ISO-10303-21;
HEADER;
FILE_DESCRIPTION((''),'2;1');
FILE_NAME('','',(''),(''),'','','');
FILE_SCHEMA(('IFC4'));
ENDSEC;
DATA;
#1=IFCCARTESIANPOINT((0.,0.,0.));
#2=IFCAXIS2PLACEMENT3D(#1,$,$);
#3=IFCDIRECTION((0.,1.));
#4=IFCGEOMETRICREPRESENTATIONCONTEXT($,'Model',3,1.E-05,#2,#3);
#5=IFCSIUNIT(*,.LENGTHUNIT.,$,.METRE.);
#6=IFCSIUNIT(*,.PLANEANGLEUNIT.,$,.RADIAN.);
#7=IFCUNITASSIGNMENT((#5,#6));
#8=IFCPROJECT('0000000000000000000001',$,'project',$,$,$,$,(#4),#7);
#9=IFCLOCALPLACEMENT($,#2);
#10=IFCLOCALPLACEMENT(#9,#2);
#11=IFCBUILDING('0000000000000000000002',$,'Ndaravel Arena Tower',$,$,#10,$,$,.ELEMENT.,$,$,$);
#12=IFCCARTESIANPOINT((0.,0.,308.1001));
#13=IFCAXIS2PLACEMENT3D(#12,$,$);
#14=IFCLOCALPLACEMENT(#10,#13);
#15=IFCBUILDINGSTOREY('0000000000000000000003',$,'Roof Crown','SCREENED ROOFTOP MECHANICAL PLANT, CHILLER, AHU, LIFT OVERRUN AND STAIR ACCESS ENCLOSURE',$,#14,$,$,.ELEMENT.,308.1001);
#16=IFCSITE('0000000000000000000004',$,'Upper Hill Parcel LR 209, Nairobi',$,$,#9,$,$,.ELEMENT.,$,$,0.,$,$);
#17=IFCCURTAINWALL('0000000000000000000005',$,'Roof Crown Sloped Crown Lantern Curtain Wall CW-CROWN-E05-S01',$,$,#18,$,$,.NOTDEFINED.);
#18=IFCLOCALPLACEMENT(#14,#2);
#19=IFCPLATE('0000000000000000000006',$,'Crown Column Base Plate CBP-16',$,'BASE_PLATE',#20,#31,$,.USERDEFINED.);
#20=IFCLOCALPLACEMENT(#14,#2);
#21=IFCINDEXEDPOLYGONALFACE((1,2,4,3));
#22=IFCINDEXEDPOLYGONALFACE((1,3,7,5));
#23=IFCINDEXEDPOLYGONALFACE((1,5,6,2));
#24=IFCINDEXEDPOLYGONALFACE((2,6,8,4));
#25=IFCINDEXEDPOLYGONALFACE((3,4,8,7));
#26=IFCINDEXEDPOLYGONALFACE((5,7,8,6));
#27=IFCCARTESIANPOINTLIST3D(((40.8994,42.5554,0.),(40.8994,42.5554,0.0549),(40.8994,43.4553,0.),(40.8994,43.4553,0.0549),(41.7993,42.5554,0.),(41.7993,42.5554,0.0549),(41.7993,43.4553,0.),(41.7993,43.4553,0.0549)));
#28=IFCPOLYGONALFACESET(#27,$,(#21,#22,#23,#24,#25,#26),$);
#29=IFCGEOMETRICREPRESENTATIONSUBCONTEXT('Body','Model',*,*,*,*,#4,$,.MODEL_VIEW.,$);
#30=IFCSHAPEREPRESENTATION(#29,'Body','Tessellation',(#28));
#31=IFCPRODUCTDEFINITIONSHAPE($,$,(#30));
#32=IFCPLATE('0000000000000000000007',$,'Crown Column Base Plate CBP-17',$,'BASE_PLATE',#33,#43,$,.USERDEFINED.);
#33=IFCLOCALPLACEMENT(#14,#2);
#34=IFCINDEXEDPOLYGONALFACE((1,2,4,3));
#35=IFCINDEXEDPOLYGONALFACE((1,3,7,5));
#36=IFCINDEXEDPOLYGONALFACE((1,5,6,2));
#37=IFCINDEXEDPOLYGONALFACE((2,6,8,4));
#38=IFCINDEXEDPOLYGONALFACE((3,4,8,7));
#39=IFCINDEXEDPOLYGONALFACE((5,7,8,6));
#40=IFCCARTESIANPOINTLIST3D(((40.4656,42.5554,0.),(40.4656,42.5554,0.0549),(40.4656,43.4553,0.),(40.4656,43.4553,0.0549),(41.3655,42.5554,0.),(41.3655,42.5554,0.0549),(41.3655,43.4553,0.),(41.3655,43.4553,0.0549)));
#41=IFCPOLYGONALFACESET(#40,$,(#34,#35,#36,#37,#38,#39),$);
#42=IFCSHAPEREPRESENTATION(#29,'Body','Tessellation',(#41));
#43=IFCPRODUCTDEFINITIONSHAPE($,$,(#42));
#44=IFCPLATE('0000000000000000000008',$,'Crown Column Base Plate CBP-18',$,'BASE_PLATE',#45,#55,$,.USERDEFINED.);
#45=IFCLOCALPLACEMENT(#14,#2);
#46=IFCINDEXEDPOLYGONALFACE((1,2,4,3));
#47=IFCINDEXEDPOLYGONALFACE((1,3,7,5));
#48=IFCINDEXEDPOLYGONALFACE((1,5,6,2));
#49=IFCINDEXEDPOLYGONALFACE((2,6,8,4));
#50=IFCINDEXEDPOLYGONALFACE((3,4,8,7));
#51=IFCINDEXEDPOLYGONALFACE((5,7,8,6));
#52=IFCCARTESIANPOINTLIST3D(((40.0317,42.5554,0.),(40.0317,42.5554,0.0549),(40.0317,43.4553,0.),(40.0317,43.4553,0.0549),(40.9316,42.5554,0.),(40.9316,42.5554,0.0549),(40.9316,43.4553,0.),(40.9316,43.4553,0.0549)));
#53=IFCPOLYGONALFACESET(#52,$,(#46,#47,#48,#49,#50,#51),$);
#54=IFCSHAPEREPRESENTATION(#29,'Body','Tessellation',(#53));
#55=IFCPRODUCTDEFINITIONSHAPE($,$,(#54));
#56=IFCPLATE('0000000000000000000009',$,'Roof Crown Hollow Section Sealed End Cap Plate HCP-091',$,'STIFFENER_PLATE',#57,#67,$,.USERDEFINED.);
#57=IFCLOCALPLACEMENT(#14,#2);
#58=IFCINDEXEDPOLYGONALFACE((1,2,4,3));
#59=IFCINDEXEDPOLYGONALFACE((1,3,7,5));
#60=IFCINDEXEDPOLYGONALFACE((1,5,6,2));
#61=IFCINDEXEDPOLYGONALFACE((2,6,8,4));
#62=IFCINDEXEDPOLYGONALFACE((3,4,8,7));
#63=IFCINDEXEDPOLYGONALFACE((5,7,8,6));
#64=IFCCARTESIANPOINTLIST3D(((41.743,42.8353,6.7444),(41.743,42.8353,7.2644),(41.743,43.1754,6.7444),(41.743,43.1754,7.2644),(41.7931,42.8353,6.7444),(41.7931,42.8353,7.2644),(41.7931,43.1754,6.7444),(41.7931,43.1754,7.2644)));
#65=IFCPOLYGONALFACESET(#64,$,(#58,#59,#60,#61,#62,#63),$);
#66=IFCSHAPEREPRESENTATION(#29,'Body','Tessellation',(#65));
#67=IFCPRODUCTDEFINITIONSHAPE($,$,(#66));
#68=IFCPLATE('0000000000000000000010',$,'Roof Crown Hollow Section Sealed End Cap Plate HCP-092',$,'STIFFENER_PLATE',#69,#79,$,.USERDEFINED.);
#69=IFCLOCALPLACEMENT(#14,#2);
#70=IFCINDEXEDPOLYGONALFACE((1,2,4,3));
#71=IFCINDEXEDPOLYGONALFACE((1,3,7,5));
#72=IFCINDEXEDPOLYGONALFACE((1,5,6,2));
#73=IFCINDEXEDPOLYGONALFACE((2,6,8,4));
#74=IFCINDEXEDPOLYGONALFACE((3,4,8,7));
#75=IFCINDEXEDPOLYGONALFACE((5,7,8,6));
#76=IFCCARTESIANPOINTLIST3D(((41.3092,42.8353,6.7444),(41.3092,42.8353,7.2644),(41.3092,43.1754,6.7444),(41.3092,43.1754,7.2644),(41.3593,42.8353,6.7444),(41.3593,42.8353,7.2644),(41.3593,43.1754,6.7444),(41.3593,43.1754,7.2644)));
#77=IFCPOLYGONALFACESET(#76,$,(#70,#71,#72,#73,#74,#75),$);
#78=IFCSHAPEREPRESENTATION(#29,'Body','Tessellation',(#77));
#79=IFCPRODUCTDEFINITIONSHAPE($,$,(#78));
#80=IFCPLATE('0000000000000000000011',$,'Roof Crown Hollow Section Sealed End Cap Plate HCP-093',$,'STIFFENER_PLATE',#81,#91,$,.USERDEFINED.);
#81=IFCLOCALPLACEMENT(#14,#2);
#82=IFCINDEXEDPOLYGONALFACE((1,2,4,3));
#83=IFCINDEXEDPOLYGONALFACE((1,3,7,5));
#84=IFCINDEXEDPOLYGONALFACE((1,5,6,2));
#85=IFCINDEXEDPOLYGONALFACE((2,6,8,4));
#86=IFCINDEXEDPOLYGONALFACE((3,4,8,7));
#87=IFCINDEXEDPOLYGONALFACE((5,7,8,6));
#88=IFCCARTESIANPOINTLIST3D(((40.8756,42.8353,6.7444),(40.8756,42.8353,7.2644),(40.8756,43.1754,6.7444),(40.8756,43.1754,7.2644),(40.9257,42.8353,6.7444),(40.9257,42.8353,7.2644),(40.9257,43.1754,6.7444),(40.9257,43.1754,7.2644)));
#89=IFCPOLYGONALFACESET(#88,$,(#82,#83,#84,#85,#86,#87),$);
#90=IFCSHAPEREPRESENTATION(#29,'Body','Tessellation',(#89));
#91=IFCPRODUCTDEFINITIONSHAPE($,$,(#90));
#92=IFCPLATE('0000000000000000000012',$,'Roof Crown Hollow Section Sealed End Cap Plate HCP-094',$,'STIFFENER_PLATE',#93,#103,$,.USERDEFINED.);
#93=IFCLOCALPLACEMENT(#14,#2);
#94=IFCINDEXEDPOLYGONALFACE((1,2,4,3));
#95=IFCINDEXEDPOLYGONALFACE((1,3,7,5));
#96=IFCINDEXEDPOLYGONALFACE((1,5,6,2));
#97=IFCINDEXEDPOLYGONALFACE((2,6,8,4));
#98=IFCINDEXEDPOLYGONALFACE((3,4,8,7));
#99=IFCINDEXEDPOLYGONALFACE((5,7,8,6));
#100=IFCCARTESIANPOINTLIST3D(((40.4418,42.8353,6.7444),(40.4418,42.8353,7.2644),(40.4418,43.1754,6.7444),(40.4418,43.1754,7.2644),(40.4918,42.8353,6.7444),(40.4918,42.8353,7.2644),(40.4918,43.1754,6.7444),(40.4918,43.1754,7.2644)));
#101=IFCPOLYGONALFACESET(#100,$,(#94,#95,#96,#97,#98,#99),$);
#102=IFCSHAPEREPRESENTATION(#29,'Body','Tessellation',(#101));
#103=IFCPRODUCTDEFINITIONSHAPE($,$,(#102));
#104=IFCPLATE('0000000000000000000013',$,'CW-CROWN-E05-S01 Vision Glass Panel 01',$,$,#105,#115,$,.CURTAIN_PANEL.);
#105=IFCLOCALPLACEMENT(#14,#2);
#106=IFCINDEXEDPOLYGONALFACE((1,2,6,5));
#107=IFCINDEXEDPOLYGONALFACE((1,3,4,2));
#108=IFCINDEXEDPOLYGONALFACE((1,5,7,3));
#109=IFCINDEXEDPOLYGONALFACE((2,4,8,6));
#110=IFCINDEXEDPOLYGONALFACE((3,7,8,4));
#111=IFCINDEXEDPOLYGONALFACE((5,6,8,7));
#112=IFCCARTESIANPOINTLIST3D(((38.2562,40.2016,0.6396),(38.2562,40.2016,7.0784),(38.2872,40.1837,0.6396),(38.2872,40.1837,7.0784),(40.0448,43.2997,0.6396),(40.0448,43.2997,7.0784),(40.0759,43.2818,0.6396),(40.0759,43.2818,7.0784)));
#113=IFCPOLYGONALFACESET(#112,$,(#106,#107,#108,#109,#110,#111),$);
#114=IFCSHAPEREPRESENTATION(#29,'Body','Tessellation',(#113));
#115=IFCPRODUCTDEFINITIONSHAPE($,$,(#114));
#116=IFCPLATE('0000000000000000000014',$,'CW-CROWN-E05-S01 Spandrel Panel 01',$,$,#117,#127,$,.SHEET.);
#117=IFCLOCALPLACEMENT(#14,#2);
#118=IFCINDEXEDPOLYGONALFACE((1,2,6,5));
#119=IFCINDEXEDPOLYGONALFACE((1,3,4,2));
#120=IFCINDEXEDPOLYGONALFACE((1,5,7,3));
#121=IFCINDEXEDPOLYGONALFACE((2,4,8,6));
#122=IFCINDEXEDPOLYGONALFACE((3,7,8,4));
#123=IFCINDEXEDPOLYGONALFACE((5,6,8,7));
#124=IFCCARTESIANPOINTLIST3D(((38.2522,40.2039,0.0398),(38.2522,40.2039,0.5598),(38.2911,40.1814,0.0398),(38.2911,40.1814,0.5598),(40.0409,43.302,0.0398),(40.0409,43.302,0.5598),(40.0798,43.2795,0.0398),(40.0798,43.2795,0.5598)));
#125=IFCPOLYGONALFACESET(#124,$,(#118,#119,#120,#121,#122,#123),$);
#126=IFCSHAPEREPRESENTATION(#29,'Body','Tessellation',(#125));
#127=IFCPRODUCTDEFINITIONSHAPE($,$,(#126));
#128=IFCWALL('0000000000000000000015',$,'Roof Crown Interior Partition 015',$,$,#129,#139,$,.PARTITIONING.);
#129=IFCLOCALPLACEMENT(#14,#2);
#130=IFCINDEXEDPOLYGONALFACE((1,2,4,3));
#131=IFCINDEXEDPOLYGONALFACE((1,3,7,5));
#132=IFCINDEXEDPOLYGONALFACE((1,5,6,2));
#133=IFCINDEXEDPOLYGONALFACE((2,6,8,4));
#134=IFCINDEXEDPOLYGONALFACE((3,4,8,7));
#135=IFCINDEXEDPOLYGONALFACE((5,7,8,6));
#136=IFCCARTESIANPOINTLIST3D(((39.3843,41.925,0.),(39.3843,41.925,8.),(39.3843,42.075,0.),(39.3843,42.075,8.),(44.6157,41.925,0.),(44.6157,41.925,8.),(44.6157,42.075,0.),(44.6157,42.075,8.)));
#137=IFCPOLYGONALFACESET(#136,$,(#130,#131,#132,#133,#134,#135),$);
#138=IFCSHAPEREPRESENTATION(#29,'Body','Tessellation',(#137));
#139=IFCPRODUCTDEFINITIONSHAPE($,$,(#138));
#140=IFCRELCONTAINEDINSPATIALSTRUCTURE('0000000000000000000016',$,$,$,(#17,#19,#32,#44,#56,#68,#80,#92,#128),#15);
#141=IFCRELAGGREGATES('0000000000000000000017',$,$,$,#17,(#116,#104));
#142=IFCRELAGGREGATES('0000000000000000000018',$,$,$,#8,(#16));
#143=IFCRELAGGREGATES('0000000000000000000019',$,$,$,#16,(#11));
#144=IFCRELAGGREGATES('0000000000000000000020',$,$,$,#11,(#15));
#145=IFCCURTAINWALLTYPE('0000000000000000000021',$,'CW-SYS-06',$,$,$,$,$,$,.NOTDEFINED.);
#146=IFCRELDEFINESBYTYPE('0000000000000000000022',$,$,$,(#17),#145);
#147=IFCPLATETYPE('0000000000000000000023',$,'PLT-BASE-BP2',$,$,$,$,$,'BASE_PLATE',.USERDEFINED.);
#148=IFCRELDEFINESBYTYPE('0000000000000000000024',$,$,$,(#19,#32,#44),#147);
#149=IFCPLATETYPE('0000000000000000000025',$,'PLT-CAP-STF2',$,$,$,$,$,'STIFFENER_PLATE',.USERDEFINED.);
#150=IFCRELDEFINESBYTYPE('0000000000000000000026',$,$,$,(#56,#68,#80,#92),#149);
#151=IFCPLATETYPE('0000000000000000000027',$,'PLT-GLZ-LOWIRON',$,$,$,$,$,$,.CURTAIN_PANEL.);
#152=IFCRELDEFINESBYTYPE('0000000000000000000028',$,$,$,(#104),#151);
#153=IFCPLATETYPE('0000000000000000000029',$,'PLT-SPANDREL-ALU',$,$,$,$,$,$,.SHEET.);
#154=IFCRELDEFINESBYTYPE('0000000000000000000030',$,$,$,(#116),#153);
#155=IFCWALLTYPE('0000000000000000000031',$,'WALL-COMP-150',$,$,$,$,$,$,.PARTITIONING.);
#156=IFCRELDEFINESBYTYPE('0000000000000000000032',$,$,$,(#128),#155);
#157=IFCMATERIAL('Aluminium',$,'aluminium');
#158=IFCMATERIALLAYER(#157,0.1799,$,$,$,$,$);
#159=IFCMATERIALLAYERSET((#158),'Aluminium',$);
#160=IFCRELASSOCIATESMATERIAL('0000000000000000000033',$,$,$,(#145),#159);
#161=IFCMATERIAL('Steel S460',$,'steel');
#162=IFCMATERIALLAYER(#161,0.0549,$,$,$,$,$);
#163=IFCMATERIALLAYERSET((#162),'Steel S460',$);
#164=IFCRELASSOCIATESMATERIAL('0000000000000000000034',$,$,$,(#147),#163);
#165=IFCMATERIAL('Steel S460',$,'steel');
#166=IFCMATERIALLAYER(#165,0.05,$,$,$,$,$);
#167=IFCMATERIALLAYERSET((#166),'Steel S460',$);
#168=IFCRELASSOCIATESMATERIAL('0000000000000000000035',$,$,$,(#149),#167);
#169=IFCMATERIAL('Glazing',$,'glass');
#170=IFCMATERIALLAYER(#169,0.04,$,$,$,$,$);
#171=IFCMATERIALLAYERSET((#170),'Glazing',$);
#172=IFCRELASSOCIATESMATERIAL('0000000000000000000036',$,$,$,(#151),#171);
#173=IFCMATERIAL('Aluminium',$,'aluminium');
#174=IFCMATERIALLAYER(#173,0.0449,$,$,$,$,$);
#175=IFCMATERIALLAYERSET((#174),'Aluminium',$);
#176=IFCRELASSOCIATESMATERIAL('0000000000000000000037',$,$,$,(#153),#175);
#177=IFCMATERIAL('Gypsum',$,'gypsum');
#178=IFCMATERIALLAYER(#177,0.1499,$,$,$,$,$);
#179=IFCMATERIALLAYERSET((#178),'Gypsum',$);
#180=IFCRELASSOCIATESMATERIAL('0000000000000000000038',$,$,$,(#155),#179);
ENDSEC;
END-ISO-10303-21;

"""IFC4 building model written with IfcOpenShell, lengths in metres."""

from ifc_helpers import new_model, si_unit, direction, frame, frame_2d, origin, origin_2d, place, context, subcontext, project, spatial, rectangle, extrude, material, layer, layer_set, type_object, element, aggregate, save


model = new_model("IFC4")

# Units and contexts
model_context = context("Model", 3, precision=1e-05, world=origin(), true_north=direction((0.0, 1.0)))
body_context = subcontext(model_context, "Body", "Model", "MODEL_VIEW")
ifc_project = project(units=[si_unit("LENGTHUNIT", "METRE"), si_unit("PLANEANGLEUNIT", "RADIAN")], contexts=[model_context])

# Site, building, storey
site_placement = place(None, origin())
site = spatial("IfcSite", under=ifc_project, at=site_placement, Name="Upper Hill Parcel LR 209, Nairobi", CompositionType="ELEMENT", RefElevation=0.0)
building_placement = place(site_placement, origin())
building = spatial("IfcBuilding", under=site, at=building_placement, Name="Ndaravel Arena Tower", CompositionType="ELEMENT")
storey_placement = place(building_placement, frame((0.0, 0.0, 308.1001)))
storey = spatial("IfcBuildingStorey", under=building, at=storey_placement, Name="Roof Crown", Description="SCREENED ROOFTOP MECHANICAL PLANT, CHILLER, AHU, LIFT OVERRUN AND STAIR ACCESS ENCLOSURE", CompositionType="ELEMENT", Elevation=308.1001)

# Curtain wall
ifc_material_1 = material(Name="Aluminium", Category="aluminium")
ifc_layer_1 = layer(ifc_material_1, 0.1799)
ifc_layer_set_1 = layer_set([ifc_layer_1], Name="Aluminium")
curtain_wall_type = type_object("IfcCurtainWallType", Name="CW-SYS-06", PredefinedType="NOTDEFINED", material=ifc_layer_set_1)
curtain_wall_1_placement = place(storey_placement, origin())
curtain_wall_1 = element("IfcCurtainWall", 1, at=curtain_wall_1_placement, inside=storey, type_object=curtain_wall_type, Name="Roof Crown Sloped Crown Lantern Curtain Wall CW-CROWN-E05-S01", PredefinedType="NOTDEFINED")

# Plates
ifc_material_2 = material(Name="Steel S460", Category="steel")
ifc_layer_2 = layer(ifc_material_2, 0.0549)
ifc_layer_set_2 = layer_set([ifc_layer_2], Name="Steel S460")
plate_type_1 = type_object("IfcPlateType", Name="PLT-BASE-BP2", ElementType="BASE_PLATE", PredefinedType="USERDEFINED", material=ifc_layer_set_2)
for number, where, z_axis, x_axis, name in (
    (2, (41.3494, 43.0054, 0.0), (0.0, 0.0, 1.0), (1.0, 0.0, 0.0), "Crown Column Base Plate CBP-16"),
    (3, (40.9155, 43.0054, 0.0), (0.0, 0.0, 1.0), (1.0, 0.0, 0.0), "Crown Column Base Plate CBP-17"),
    (4, (40.4817, 43.0054, 0.0), (0.0, 0.0, 1.0), (1.0, 0.0, 0.0), "Crown Column Base Plate CBP-18"),
):
    element("IfcPlate", number, at=place(storey_placement, frame(where, z_axis=z_axis, x_axis=x_axis)), inside=storey, type_object=plate_type_1, Name=name, ObjectType="BASE_PLATE", PredefinedType="USERDEFINED", context=body_context, shape_type="SweptSolid", body=[
        extrude(rectangle(XDim=0.8999, YDim=0.8999, at=origin_2d()), origin(), (0.0, 0.0, 1.0), 0.0549),
    ])
ifc_material_3 = material(Name="Steel S460", Category="steel")
ifc_layer_3 = layer(ifc_material_3, 0.05)
ifc_layer_set_3 = layer_set([ifc_layer_3], Name="Steel S460")
plate_type_2 = type_object("IfcPlateType", Name="PLT-CAP-STF2", ElementType="STIFFENER_PLATE", PredefinedType="USERDEFINED", material=ifc_layer_set_3)
for number, where, z_axis, x_axis, name in (
    (5, (41.7681, 43.0054, 6.7444), (0.0, 0.0, 1.0), (-1.0, 0.0, 0.0), "Roof Crown Hollow Section Sealed End Cap Plate HCP-091"),
    (6, (41.3342, 43.0054, 6.7444), (0.0, 0.0, 1.0), (-1.0, 0.0, 0.0), "Roof Crown Hollow Section Sealed End Cap Plate HCP-092"),
    (7, (40.9006, 43.0054, 6.7444), (0.0, 0.0, 1.0), (-1.0, 0.0, 0.0), "Roof Crown Hollow Section Sealed End Cap Plate HCP-093"),
    (8, (40.4668, 43.0054, 6.7444), (0.0, 0.0, 1.0), (-1.0, 0.0, 0.0), "Roof Crown Hollow Section Sealed End Cap Plate HCP-094"),
):
    element("IfcPlate", number, at=place(storey_placement, frame(where, z_axis=z_axis, x_axis=x_axis)), inside=storey, type_object=plate_type_2, Name=name, ObjectType="STIFFENER_PLATE", PredefinedType="USERDEFINED", context=body_context, shape_type="SweptSolid", body=[
        extrude(rectangle(XDim=0.05, YDim=0.3401, at=origin_2d()), origin(), (0.0, 0.0, 1.0), 0.52),
    ])

# Plates
ifc_material_4 = material(Name="Glazing", Category="glass")
ifc_layer_4 = layer(ifc_material_4, 0.04)
ifc_layer_set_4 = layer_set([ifc_layer_4], Name="Glazing")
plate_type_3 = type_object("IfcPlateType", Name="PLT-GLZ-LOWIRON", PredefinedType="CURTAIN_PANEL", material=ifc_layer_set_4)
plate_1_placement = place(storey_placement, frame((39.166, 41.7417, 0.6396), z_axis=(0.0, 0.0, 1.0), x_axis=(-0.499985, -0.866034, 0.0)))
plate_1 = element("IfcPlate", 9, at=plate_1_placement, type_object=plate_type_3, Name="CW-CROWN-E05-S01 Vision Glass Panel 01", PredefinedType="CURTAIN_PANEL", context=body_context, shape_type="SweptSolid", body=[
    extrude(rectangle(XDim=3.5774, YDim=0.0359, at=origin_2d()), origin(), (0.0, 0.0, 1.0), 6.4387),
])
ifc_material_5 = material(Name="Aluminium", Category="aluminium")
ifc_layer_5 = layer(ifc_material_5, 0.0449)
ifc_layer_set_5 = layer_set([ifc_layer_5], Name="Aluminium")
plate_type_4 = type_object("IfcPlateType", Name="PLT-SPANDREL-ALU", PredefinedType="SHEET", material=ifc_layer_set_5)
plate_2_placement = place(storey_placement, frame((39.166, 41.7417, 0.0398), z_axis=(0.0, 0.0, 1.0), x_axis=(-0.499985, -0.866034, 0.0)))
plate_2 = element("IfcPlate", 10, at=plate_2_placement, type_object=plate_type_4, Name="CW-CROWN-E05-S01 Spandrel Panel 01", PredefinedType="SHEET", context=body_context, shape_type="SweptSolid", body=[
    extrude(rectangle(XDim=3.5774, YDim=0.0449, at=origin_2d()), origin(), (0.0, 0.0, 1.0), 0.52),
])
aggregate(curtain_wall_1, [plate_2, plate_1])

# Wall
ifc_material_6 = material(Name="Gypsum", Category="gypsum")
ifc_layer_6 = layer(ifc_material_6, 0.1499)
ifc_layer_set_6 = layer_set([ifc_layer_6], Name="Gypsum")
wall_type = type_object("IfcWallType", Name="WALL-COMP-150", PredefinedType="PARTITIONING", material=ifc_layer_set_6)
wall_placement = place(storey_placement, frame((39.3843, 42.0, 0.0), z_axis=(0.0, 0.0, 1.0), x_axis=(1.0, 0.0, 0.0)))
element("IfcWall", 11, at=wall_placement, inside=storey, type_object=wall_type, Name="Roof Crown Interior Partition 015", PredefinedType="PARTITIONING", context=body_context, shape_type="SweptSolid", body=[
    extrude(rectangle(XDim=5.2314, YDim=0.1499, at=frame_2d((2.6157, 0.0))), origin(), (0.0, 0.0, 1.0), 8.0),
])

save(model, "model.ifc")
